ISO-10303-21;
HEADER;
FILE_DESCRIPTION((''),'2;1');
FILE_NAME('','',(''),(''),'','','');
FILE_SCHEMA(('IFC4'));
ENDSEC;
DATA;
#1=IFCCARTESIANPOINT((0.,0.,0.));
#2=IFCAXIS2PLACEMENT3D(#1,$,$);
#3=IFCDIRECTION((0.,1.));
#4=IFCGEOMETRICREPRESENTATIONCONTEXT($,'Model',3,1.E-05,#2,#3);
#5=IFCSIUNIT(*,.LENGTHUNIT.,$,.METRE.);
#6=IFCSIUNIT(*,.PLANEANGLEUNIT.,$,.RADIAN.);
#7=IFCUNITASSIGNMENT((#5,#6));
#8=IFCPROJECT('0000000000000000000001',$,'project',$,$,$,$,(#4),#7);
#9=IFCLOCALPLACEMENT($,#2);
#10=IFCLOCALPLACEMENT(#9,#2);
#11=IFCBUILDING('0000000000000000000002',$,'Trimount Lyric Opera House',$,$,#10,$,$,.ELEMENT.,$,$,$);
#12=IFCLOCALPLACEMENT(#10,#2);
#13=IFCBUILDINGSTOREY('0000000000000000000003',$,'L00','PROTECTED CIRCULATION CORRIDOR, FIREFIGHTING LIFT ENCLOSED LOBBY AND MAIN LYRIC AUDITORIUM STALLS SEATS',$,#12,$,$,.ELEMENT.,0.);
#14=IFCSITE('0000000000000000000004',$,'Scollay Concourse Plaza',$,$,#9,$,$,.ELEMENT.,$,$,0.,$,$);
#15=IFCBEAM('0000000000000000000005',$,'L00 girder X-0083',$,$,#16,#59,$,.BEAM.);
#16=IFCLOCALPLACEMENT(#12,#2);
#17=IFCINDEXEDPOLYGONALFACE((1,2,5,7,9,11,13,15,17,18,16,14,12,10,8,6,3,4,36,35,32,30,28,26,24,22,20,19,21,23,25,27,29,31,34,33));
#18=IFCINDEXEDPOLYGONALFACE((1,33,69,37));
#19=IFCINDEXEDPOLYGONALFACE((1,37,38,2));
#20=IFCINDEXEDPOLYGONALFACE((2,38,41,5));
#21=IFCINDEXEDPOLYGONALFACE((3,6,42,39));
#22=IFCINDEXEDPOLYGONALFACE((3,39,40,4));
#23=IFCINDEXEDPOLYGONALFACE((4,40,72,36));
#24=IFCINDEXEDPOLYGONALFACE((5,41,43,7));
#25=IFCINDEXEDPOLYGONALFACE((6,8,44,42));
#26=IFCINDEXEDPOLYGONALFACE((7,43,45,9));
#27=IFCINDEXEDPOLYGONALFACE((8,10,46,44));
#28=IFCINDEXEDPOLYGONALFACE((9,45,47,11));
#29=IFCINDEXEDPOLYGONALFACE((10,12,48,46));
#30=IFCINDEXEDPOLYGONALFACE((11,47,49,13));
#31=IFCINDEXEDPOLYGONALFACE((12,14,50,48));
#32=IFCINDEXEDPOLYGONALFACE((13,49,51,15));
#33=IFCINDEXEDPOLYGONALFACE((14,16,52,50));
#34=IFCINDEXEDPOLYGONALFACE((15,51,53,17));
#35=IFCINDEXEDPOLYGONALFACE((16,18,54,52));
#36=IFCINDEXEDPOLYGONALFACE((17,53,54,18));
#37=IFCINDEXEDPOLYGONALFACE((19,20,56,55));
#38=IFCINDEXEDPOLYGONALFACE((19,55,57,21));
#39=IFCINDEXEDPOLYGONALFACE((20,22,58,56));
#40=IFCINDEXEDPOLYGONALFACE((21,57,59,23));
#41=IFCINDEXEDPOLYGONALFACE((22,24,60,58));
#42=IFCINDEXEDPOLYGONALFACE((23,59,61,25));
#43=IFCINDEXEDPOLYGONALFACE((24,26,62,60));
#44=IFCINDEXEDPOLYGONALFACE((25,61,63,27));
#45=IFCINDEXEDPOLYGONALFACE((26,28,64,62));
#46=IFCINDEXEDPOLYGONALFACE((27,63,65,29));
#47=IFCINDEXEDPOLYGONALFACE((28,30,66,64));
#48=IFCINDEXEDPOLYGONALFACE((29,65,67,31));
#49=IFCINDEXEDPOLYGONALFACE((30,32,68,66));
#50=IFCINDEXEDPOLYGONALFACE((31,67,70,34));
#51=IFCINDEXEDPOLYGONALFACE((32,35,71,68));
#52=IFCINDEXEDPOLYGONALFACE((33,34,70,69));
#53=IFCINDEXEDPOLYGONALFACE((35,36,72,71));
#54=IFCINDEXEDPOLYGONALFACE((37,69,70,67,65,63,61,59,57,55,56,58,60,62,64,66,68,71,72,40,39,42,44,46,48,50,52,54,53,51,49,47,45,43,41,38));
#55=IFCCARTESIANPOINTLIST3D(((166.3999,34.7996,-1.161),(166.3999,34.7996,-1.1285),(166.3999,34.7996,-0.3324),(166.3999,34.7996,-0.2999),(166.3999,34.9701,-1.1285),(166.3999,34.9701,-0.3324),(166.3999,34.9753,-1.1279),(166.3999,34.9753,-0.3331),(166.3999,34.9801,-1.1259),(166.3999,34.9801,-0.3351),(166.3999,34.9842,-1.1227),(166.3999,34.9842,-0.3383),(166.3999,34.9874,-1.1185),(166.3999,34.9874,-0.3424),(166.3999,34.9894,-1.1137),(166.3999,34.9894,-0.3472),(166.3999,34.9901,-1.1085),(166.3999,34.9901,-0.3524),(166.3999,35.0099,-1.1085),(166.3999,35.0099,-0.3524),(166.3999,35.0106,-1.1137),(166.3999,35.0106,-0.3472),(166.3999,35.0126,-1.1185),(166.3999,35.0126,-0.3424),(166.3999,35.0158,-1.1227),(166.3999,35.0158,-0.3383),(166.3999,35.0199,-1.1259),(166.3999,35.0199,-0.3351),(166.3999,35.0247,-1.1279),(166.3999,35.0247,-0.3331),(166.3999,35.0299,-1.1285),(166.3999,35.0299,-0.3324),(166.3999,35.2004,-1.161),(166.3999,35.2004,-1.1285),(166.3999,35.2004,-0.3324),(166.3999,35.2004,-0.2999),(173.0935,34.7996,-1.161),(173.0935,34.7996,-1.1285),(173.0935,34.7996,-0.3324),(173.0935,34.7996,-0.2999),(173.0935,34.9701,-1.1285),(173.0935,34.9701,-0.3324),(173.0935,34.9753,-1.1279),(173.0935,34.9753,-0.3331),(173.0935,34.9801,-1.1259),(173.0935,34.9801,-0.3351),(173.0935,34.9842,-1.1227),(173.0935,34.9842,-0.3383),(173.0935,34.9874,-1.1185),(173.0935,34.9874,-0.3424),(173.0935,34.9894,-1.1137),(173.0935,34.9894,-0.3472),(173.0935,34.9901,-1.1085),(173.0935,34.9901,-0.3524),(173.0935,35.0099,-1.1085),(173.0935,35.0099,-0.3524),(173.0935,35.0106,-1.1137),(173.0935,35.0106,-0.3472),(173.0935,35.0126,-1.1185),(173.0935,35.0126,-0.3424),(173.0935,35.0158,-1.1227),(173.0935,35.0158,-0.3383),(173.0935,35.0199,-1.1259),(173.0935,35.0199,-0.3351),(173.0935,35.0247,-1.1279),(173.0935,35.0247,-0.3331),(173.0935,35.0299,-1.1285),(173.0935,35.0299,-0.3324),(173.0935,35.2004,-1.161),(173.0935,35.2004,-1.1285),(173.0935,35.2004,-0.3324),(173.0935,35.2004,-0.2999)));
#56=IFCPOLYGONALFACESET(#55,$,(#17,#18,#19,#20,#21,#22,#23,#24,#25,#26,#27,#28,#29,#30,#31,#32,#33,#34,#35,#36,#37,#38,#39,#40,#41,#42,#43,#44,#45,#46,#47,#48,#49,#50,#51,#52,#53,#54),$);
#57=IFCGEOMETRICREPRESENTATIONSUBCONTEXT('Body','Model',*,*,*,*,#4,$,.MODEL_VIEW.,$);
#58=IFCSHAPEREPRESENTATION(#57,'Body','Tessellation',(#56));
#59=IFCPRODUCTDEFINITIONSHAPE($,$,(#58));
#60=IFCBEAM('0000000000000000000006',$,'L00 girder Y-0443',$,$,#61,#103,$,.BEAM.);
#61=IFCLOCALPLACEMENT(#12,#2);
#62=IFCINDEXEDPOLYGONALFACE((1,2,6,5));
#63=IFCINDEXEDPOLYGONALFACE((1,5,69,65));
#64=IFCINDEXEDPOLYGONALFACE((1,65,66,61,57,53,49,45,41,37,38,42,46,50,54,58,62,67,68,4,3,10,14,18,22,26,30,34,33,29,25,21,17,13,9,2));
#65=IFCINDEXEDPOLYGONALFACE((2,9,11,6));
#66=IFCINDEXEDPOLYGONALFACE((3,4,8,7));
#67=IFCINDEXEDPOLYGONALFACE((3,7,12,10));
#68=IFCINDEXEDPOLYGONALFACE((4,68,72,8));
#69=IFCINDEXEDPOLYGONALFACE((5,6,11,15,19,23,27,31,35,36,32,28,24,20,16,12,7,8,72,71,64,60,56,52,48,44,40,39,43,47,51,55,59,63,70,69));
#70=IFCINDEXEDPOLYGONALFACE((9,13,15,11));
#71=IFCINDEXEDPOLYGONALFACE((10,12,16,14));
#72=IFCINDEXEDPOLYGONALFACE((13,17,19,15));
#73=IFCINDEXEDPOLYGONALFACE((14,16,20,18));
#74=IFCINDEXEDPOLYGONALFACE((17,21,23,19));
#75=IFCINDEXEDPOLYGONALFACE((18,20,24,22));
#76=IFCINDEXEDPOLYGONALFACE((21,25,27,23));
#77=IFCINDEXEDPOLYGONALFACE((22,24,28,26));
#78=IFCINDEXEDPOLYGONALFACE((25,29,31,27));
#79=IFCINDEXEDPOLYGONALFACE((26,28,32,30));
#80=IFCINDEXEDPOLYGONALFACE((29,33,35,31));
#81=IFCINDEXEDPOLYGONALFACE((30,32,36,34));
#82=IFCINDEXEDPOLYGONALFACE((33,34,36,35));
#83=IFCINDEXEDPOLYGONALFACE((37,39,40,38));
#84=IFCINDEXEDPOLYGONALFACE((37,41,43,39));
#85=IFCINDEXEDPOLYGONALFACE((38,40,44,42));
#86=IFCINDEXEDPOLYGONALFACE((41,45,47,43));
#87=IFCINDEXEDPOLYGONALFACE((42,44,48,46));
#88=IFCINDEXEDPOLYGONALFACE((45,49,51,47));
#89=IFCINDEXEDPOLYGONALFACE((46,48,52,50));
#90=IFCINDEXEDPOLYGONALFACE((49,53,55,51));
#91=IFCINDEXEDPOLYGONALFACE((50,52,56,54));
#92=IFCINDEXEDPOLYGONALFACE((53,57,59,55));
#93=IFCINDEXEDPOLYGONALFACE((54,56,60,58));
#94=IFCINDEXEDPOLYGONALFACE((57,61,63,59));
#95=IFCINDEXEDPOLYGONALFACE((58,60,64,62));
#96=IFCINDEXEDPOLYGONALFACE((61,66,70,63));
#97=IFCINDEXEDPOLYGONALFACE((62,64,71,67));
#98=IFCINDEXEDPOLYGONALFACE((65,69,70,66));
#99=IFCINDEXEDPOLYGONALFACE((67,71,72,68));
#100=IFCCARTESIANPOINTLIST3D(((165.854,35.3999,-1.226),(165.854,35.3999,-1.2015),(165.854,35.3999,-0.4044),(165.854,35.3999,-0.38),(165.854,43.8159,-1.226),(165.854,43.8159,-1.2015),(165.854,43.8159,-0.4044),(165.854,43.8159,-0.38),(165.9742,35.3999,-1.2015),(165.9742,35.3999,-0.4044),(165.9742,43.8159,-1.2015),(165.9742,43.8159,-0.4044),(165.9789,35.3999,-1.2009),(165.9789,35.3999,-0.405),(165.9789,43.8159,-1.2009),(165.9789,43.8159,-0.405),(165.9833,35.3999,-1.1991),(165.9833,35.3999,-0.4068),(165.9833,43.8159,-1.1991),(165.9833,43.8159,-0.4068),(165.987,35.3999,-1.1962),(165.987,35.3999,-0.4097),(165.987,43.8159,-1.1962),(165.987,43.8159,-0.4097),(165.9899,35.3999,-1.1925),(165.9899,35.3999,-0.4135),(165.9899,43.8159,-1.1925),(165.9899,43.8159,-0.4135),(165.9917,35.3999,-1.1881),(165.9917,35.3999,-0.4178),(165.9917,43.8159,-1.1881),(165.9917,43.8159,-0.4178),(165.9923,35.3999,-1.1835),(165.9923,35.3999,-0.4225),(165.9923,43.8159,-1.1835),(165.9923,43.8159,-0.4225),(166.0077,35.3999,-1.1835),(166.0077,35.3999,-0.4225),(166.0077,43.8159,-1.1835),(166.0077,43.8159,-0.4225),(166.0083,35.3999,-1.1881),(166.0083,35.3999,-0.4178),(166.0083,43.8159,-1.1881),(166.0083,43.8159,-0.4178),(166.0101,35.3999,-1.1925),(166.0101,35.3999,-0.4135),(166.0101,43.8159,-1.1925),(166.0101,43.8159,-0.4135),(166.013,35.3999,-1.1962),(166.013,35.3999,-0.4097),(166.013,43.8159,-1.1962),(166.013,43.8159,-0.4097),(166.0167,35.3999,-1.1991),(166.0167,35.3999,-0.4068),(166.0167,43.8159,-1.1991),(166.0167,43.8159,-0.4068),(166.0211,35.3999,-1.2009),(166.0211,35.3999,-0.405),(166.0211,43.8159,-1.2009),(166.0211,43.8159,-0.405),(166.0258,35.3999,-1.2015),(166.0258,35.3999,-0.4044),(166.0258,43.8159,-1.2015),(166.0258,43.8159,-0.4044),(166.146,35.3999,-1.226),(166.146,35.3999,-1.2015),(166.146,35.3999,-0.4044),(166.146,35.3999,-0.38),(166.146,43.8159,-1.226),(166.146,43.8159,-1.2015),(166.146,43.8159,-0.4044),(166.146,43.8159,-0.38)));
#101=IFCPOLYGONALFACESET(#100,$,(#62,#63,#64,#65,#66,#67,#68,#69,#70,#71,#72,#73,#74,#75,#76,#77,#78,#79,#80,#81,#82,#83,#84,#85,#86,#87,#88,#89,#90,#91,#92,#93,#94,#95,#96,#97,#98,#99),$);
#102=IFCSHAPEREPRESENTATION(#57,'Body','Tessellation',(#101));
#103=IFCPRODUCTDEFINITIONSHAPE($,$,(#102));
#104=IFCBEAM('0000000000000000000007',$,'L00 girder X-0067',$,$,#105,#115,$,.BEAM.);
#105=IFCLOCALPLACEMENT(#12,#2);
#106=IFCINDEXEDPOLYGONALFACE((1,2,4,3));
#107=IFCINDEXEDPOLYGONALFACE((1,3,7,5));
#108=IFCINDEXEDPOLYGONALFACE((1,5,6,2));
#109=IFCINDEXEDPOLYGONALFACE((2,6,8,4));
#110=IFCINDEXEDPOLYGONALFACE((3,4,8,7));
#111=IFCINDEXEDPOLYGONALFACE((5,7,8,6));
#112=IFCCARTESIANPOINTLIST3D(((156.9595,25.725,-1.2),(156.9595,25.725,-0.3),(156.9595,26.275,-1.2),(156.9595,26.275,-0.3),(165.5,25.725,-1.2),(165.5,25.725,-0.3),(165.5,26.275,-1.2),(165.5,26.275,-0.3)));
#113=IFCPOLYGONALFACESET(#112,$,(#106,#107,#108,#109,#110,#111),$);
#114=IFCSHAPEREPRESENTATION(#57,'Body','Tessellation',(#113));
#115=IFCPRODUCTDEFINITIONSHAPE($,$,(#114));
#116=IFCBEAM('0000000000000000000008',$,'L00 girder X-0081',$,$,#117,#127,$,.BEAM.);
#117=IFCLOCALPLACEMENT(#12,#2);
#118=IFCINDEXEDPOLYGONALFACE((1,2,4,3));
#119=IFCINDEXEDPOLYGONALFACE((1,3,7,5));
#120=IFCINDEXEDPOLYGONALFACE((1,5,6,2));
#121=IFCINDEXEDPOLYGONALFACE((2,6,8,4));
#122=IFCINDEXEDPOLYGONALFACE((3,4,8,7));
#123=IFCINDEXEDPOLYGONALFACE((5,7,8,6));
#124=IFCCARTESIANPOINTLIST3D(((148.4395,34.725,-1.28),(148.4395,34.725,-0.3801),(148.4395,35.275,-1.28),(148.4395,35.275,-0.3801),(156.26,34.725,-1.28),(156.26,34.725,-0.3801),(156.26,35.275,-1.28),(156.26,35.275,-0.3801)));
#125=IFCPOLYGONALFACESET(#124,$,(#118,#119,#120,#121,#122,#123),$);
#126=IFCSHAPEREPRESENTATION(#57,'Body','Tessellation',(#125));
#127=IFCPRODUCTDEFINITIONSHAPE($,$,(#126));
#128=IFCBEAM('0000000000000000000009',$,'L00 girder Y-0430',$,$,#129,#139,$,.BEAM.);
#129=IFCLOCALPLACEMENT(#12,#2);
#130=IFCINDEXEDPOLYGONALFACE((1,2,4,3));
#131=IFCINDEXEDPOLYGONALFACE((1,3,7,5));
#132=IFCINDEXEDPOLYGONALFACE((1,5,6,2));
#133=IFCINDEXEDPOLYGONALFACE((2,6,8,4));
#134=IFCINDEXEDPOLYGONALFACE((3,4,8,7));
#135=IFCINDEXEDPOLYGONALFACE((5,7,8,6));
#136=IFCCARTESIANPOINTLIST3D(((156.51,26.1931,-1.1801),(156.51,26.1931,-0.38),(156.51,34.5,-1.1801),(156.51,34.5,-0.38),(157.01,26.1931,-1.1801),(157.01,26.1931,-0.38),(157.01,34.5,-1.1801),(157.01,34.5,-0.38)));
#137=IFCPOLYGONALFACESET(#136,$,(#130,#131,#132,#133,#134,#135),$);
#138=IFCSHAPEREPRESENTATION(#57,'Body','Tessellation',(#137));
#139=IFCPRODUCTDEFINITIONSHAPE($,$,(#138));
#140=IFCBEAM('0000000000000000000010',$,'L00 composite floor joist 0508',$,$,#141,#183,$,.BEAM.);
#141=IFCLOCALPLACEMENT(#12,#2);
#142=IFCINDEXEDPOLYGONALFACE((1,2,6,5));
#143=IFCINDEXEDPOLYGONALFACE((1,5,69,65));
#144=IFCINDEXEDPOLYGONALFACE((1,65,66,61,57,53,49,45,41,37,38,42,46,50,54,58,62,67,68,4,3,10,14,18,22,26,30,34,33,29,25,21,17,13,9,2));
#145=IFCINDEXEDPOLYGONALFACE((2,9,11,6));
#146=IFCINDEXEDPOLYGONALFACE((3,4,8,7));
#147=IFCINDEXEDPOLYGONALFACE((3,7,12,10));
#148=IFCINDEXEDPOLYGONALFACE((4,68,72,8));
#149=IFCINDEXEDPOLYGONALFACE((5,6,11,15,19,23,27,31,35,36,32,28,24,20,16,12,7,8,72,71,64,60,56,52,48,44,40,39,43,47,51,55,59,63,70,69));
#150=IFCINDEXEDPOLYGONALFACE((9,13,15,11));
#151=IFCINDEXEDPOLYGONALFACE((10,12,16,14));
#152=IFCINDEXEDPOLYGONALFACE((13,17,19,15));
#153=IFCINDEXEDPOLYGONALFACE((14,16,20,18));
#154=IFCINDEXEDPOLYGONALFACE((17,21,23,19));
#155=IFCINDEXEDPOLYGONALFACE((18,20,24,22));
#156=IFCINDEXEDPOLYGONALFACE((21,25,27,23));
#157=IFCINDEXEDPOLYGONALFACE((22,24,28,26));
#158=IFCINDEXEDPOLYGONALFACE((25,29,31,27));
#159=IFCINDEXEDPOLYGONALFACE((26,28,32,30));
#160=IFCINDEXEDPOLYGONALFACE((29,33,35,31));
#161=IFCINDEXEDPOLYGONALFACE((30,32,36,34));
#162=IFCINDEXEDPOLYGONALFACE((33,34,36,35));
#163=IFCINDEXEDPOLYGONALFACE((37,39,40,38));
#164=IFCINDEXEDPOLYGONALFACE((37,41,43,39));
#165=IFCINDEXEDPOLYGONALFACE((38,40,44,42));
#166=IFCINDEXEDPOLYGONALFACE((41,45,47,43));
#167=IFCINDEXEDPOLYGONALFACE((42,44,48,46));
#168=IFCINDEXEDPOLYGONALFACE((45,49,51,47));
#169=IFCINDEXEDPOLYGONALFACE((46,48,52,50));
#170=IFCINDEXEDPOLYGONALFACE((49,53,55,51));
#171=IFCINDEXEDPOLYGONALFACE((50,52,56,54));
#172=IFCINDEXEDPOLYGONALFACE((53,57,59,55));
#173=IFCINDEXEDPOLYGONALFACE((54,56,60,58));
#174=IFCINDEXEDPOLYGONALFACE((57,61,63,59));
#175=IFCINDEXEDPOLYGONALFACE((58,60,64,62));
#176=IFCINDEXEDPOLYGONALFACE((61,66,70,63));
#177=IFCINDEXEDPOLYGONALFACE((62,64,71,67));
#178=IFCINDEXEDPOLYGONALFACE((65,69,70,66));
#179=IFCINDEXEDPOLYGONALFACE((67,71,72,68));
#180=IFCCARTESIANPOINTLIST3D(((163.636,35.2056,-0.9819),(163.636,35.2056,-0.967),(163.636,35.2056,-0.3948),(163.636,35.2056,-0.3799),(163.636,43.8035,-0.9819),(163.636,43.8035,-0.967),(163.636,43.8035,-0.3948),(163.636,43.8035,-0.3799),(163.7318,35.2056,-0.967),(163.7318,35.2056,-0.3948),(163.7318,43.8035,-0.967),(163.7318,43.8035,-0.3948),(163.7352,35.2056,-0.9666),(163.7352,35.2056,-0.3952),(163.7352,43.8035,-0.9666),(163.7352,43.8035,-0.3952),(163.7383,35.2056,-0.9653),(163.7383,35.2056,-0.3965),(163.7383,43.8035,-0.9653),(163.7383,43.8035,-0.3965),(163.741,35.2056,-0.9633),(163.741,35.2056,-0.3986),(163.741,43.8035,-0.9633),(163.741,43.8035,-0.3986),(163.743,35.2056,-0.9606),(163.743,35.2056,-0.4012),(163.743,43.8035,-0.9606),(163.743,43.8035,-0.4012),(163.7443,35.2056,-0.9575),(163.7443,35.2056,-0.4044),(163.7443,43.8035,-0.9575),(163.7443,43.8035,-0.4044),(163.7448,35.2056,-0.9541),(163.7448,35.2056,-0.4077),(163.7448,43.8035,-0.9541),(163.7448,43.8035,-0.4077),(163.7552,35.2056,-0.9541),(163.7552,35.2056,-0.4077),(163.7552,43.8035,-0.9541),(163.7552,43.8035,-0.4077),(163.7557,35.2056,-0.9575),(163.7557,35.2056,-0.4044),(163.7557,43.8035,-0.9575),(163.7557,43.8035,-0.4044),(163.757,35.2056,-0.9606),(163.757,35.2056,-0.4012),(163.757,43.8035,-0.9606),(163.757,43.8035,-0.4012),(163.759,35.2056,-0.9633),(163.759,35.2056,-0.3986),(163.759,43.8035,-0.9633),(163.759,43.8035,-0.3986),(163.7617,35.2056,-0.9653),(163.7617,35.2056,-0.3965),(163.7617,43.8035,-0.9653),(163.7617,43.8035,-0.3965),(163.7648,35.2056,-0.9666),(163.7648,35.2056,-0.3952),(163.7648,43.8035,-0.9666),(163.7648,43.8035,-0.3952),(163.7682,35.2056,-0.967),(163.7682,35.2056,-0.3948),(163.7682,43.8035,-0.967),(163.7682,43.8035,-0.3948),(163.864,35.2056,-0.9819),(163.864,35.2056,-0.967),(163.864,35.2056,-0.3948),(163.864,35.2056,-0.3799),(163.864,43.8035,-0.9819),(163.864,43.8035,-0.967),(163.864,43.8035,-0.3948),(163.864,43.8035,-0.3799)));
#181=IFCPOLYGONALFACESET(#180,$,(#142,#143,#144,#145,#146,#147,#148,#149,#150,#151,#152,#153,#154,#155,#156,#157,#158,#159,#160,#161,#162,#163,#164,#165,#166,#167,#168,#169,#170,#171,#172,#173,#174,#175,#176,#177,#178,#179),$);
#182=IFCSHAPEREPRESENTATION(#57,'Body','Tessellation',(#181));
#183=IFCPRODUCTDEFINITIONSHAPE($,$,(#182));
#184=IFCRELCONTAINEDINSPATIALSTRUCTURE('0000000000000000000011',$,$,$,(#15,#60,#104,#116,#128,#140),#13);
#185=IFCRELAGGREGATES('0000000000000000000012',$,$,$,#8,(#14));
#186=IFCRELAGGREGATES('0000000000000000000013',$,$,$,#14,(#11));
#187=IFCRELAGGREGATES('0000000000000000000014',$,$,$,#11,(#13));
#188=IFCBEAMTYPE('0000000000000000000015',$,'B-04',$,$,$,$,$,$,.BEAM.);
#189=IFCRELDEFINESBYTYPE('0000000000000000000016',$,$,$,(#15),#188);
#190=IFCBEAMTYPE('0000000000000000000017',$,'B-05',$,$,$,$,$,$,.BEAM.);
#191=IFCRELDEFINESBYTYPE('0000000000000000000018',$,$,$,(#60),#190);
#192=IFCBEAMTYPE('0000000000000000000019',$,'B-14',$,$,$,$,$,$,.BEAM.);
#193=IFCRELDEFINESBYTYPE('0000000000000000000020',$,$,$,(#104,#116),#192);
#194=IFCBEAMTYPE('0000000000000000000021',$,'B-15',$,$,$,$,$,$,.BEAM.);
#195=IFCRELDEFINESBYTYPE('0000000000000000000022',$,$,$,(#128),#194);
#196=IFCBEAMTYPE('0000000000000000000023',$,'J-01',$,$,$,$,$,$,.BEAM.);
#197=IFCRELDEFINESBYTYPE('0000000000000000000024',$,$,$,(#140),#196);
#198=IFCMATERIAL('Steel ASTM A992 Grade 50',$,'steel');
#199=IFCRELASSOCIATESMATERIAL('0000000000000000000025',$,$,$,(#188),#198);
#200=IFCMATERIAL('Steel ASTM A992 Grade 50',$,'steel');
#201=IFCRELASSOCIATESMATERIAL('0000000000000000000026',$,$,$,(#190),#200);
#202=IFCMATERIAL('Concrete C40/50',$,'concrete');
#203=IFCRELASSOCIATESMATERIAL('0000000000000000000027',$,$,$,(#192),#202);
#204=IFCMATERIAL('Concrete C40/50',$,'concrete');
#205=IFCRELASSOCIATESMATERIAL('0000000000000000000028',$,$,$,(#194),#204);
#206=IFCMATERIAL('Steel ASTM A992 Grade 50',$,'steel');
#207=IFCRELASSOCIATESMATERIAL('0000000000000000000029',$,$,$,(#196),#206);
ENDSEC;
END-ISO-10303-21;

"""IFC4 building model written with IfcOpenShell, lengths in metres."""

from ifc_helpers import new_model, si_unit, direction, frame, origin, origin_2d, place, context, subcontext, project, spatial, rectangle, i_section, extrude, material, material_profile, profile_set, type_object, element, save


model = new_model("IFC4")

# Units and contexts
model_context = context("Model", 3, precision=1e-05, world=origin(), true_north=direction((0.0, 1.0)))
body_context = subcontext(model_context, "Body", "Model", "MODEL_VIEW")
ifc_project = project(units=[si_unit("LENGTHUNIT", "METRE"), si_unit("PLANEANGLEUNIT", "RADIAN")], contexts=[model_context])

# Site, building, storey
site_placement = place(None, origin())
site = spatial("IfcSite", under=ifc_project, at=site_placement, Name="Scollay Concourse Plaza", CompositionType="ELEMENT", RefElevation=0.0)
building_placement = place(site_placement, origin())
building = spatial("IfcBuilding", under=site, at=building_placement, Name="Trimount Lyric Opera House", CompositionType="ELEMENT")
storey_placement = place(building_placement, origin())
storey = spatial("IfcBuildingStorey", under=building, at=storey_placement, Name="L00", Description="PROTECTED CIRCULATION CORRIDOR, FIREFIGHTING LIFT ENCLOSED LOBBY AND MAIN LYRIC AUDITORIUM STALLS SEATS", CompositionType="ELEMENT", Elevation=0.0)

# Beams
ifc_material_1 = material(Name="Steel ASTM A992 Grade 50", Category="steel")
ifc_material_profile_1 = material_profile(ifc_material_1, i_section(OverallWidth=0.4009, OverallDepth=0.8611, WebThickness=0.0198, FlangeThickness=0.0325, FilletRadius=0.02, at=origin_2d()), Name="W33X221")
ifc_profile_set_1 = profile_set([ifc_material_profile_1], Name="Steel ASTM A992 Grade 50")
beam_type_1 = type_object("IfcBeamType", Name="B-04", PredefinedType="BEAM", material=ifc_profile_set_1)
beam_1_placement = place(storey_placement, frame((166.3999, 35.0, -0.7305), z_axis=(1.0, 0.0, 0.0), x_axis=(0.0, 1.0, 0.0)))
element("IfcBeam", 1, at=beam_1_placement, inside=storey, type_object=beam_type_1, Name="L00 girder X-0083", PredefinedType="BEAM", context=body_context, shape_type="SweptSolid", body=[
    extrude(i_section(OverallWidth=0.4009, OverallDepth=0.8611, WebThickness=0.0198, FlangeThickness=0.0325, FilletRadius=0.02, at=origin_2d()), origin(), (0.0, 0.0, 1.0), 6.6936),
])
ifc_material_2 = material(Name="Steel ASTM A992 Grade 50", Category="steel")
ifc_material_profile_2 = material_profile(ifc_material_2, i_section(OverallWidth=0.292, OverallDepth=0.8459, WebThickness=0.0154, FlangeThickness=0.0244, FilletRadius=0.0181, at=origin_2d()), Name="W33X141")
ifc_profile_set_2 = profile_set([ifc_material_profile_2], Name="Steel ASTM A992 Grade 50")
beam_type_2 = type_object("IfcBeamType", Name="B-05", PredefinedType="BEAM", material=ifc_profile_set_2)
beam_2_placement = place(storey_placement, frame((166.0, 35.3999, -0.803), z_axis=(0.0, 1.0, 0.0), x_axis=(-1.0, 0.0, 0.0)))
element("IfcBeam", 2, at=beam_2_placement, inside=storey, type_object=beam_type_2, Name="L00 girder Y-0443", PredefinedType="BEAM", context=body_context, shape_type="SweptSolid", body=[
    extrude(i_section(OverallWidth=0.292, OverallDepth=0.8459, WebThickness=0.0154, FlangeThickness=0.0244, FilletRadius=0.0181, at=origin_2d()), origin(), (0.0, 0.0, 1.0), 8.416),
])
ifc_material_3 = material(Name="Concrete C40/50", Category="concrete")
ifc_material_profile_3 = material_profile(ifc_material_3, rectangle(XDim=0.55, YDim=0.8999, at=origin_2d()), Name="RC550X900")
ifc_profile_set_3 = profile_set([ifc_material_profile_3], Name="Concrete C40/50")
beam_type_3 = type_object("IfcBeamType", Name="B-14", PredefinedType="BEAM", material=ifc_profile_set_3)
beam_3_placement = place(storey_placement, frame((156.9595, 26.0, -0.75), z_axis=(1.0, 0.0, 0.0), x_axis=(0.0, 1.0, 0.0)))
element("IfcBeam", 3, at=beam_3_placement, inside=storey, type_object=beam_type_3, Name="L00 girder X-0067", PredefinedType="BEAM", context=body_context, shape_type="SweptSolid", body=[
    extrude(rectangle(XDim=0.55, YDim=0.8999, at=origin_2d()), origin(), (0.0, 0.0, 1.0), 8.5405),
])
beam_4_placement = place(storey_placement, frame((148.4395, 35.0, -0.8301), z_axis=(1.0, 0.0, 0.0), x_axis=(0.0, 1.0, 0.0)))
element("IfcBeam", 4, at=beam_4_placement, inside=storey, type_object=beam_type_3, Name="L00 girder X-0081", PredefinedType="BEAM", context=body_context, shape_type="SweptSolid", body=[
    extrude(rectangle(XDim=0.55, YDim=0.8999, at=origin_2d()), origin(), (0.0, 0.0, 1.0), 7.8206),
])
ifc_material_4 = material(Name="Concrete C40/50", Category="concrete")
ifc_material_profile_4 = material_profile(ifc_material_4, rectangle(XDim=0.5, YDim=0.8, at=origin_2d()), Name="RC500X800")
ifc_profile_set_4 = profile_set([ifc_material_profile_4], Name="Concrete C40/50")
beam_type_4 = type_object("IfcBeamType", Name="B-15", PredefinedType="BEAM", material=ifc_profile_set_4)
beam_5_placement = place(storey_placement, frame((156.76, 26.1931, -0.78), z_axis=(0.0, 1.0, 0.0), x_axis=(-1.0, 0.0, 0.0)))
element("IfcBeam", 5, at=beam_5_placement, inside=storey, type_object=beam_type_4, Name="L00 girder Y-0430", PredefinedType="BEAM", context=body_context, shape_type="SweptSolid", body=[
    extrude(rectangle(XDim=0.5, YDim=0.8, at=origin_2d()), origin(), (0.0, 0.0, 1.0), 8.3069),
])
ifc_material_5 = material(Name="Steel ASTM A992 Grade 50", Category="steel")
ifc_material_profile_5 = material_profile(ifc_material_5, i_section(OverallWidth=0.228, OverallDepth=0.6021, WebThickness=0.0105, FlangeThickness=0.0149, FilletRadius=0.0129, at=origin_2d()), Name="W24X68")
ifc_profile_set_5 = profile_set([ifc_material_profile_5], Name="Steel ASTM A992 Grade 50")
beam_type_5 = type_object("IfcBeamType", Name="J-01", PredefinedType="BEAM", material=ifc_profile_set_5)
for number, where, z_axis, x_axis, name in (
    (6, (163.75, 35.2056, -0.6809), (0.0, 1.0, 0.0), (-1.0, 0.0, 0.0), "L00 composite floor joist 0508"),
):
    element("IfcBeam", number, at=place(storey_placement, frame(where, z_axis=z_axis, x_axis=x_axis)), inside=storey, type_object=beam_type_5, Name=name, PredefinedType="BEAM", context=body_context, shape_type="SweptSolid", body=[
        extrude(i_section(OverallWidth=0.228, OverallDepth=0.6021, WebThickness=0.0105, FlangeThickness=0.0149, FilletRadius=0.0129, at=origin_2d()), origin(), (0.0, 0.0, 1.0), 8.5979),
    ])

save(model, "model.ifc")
